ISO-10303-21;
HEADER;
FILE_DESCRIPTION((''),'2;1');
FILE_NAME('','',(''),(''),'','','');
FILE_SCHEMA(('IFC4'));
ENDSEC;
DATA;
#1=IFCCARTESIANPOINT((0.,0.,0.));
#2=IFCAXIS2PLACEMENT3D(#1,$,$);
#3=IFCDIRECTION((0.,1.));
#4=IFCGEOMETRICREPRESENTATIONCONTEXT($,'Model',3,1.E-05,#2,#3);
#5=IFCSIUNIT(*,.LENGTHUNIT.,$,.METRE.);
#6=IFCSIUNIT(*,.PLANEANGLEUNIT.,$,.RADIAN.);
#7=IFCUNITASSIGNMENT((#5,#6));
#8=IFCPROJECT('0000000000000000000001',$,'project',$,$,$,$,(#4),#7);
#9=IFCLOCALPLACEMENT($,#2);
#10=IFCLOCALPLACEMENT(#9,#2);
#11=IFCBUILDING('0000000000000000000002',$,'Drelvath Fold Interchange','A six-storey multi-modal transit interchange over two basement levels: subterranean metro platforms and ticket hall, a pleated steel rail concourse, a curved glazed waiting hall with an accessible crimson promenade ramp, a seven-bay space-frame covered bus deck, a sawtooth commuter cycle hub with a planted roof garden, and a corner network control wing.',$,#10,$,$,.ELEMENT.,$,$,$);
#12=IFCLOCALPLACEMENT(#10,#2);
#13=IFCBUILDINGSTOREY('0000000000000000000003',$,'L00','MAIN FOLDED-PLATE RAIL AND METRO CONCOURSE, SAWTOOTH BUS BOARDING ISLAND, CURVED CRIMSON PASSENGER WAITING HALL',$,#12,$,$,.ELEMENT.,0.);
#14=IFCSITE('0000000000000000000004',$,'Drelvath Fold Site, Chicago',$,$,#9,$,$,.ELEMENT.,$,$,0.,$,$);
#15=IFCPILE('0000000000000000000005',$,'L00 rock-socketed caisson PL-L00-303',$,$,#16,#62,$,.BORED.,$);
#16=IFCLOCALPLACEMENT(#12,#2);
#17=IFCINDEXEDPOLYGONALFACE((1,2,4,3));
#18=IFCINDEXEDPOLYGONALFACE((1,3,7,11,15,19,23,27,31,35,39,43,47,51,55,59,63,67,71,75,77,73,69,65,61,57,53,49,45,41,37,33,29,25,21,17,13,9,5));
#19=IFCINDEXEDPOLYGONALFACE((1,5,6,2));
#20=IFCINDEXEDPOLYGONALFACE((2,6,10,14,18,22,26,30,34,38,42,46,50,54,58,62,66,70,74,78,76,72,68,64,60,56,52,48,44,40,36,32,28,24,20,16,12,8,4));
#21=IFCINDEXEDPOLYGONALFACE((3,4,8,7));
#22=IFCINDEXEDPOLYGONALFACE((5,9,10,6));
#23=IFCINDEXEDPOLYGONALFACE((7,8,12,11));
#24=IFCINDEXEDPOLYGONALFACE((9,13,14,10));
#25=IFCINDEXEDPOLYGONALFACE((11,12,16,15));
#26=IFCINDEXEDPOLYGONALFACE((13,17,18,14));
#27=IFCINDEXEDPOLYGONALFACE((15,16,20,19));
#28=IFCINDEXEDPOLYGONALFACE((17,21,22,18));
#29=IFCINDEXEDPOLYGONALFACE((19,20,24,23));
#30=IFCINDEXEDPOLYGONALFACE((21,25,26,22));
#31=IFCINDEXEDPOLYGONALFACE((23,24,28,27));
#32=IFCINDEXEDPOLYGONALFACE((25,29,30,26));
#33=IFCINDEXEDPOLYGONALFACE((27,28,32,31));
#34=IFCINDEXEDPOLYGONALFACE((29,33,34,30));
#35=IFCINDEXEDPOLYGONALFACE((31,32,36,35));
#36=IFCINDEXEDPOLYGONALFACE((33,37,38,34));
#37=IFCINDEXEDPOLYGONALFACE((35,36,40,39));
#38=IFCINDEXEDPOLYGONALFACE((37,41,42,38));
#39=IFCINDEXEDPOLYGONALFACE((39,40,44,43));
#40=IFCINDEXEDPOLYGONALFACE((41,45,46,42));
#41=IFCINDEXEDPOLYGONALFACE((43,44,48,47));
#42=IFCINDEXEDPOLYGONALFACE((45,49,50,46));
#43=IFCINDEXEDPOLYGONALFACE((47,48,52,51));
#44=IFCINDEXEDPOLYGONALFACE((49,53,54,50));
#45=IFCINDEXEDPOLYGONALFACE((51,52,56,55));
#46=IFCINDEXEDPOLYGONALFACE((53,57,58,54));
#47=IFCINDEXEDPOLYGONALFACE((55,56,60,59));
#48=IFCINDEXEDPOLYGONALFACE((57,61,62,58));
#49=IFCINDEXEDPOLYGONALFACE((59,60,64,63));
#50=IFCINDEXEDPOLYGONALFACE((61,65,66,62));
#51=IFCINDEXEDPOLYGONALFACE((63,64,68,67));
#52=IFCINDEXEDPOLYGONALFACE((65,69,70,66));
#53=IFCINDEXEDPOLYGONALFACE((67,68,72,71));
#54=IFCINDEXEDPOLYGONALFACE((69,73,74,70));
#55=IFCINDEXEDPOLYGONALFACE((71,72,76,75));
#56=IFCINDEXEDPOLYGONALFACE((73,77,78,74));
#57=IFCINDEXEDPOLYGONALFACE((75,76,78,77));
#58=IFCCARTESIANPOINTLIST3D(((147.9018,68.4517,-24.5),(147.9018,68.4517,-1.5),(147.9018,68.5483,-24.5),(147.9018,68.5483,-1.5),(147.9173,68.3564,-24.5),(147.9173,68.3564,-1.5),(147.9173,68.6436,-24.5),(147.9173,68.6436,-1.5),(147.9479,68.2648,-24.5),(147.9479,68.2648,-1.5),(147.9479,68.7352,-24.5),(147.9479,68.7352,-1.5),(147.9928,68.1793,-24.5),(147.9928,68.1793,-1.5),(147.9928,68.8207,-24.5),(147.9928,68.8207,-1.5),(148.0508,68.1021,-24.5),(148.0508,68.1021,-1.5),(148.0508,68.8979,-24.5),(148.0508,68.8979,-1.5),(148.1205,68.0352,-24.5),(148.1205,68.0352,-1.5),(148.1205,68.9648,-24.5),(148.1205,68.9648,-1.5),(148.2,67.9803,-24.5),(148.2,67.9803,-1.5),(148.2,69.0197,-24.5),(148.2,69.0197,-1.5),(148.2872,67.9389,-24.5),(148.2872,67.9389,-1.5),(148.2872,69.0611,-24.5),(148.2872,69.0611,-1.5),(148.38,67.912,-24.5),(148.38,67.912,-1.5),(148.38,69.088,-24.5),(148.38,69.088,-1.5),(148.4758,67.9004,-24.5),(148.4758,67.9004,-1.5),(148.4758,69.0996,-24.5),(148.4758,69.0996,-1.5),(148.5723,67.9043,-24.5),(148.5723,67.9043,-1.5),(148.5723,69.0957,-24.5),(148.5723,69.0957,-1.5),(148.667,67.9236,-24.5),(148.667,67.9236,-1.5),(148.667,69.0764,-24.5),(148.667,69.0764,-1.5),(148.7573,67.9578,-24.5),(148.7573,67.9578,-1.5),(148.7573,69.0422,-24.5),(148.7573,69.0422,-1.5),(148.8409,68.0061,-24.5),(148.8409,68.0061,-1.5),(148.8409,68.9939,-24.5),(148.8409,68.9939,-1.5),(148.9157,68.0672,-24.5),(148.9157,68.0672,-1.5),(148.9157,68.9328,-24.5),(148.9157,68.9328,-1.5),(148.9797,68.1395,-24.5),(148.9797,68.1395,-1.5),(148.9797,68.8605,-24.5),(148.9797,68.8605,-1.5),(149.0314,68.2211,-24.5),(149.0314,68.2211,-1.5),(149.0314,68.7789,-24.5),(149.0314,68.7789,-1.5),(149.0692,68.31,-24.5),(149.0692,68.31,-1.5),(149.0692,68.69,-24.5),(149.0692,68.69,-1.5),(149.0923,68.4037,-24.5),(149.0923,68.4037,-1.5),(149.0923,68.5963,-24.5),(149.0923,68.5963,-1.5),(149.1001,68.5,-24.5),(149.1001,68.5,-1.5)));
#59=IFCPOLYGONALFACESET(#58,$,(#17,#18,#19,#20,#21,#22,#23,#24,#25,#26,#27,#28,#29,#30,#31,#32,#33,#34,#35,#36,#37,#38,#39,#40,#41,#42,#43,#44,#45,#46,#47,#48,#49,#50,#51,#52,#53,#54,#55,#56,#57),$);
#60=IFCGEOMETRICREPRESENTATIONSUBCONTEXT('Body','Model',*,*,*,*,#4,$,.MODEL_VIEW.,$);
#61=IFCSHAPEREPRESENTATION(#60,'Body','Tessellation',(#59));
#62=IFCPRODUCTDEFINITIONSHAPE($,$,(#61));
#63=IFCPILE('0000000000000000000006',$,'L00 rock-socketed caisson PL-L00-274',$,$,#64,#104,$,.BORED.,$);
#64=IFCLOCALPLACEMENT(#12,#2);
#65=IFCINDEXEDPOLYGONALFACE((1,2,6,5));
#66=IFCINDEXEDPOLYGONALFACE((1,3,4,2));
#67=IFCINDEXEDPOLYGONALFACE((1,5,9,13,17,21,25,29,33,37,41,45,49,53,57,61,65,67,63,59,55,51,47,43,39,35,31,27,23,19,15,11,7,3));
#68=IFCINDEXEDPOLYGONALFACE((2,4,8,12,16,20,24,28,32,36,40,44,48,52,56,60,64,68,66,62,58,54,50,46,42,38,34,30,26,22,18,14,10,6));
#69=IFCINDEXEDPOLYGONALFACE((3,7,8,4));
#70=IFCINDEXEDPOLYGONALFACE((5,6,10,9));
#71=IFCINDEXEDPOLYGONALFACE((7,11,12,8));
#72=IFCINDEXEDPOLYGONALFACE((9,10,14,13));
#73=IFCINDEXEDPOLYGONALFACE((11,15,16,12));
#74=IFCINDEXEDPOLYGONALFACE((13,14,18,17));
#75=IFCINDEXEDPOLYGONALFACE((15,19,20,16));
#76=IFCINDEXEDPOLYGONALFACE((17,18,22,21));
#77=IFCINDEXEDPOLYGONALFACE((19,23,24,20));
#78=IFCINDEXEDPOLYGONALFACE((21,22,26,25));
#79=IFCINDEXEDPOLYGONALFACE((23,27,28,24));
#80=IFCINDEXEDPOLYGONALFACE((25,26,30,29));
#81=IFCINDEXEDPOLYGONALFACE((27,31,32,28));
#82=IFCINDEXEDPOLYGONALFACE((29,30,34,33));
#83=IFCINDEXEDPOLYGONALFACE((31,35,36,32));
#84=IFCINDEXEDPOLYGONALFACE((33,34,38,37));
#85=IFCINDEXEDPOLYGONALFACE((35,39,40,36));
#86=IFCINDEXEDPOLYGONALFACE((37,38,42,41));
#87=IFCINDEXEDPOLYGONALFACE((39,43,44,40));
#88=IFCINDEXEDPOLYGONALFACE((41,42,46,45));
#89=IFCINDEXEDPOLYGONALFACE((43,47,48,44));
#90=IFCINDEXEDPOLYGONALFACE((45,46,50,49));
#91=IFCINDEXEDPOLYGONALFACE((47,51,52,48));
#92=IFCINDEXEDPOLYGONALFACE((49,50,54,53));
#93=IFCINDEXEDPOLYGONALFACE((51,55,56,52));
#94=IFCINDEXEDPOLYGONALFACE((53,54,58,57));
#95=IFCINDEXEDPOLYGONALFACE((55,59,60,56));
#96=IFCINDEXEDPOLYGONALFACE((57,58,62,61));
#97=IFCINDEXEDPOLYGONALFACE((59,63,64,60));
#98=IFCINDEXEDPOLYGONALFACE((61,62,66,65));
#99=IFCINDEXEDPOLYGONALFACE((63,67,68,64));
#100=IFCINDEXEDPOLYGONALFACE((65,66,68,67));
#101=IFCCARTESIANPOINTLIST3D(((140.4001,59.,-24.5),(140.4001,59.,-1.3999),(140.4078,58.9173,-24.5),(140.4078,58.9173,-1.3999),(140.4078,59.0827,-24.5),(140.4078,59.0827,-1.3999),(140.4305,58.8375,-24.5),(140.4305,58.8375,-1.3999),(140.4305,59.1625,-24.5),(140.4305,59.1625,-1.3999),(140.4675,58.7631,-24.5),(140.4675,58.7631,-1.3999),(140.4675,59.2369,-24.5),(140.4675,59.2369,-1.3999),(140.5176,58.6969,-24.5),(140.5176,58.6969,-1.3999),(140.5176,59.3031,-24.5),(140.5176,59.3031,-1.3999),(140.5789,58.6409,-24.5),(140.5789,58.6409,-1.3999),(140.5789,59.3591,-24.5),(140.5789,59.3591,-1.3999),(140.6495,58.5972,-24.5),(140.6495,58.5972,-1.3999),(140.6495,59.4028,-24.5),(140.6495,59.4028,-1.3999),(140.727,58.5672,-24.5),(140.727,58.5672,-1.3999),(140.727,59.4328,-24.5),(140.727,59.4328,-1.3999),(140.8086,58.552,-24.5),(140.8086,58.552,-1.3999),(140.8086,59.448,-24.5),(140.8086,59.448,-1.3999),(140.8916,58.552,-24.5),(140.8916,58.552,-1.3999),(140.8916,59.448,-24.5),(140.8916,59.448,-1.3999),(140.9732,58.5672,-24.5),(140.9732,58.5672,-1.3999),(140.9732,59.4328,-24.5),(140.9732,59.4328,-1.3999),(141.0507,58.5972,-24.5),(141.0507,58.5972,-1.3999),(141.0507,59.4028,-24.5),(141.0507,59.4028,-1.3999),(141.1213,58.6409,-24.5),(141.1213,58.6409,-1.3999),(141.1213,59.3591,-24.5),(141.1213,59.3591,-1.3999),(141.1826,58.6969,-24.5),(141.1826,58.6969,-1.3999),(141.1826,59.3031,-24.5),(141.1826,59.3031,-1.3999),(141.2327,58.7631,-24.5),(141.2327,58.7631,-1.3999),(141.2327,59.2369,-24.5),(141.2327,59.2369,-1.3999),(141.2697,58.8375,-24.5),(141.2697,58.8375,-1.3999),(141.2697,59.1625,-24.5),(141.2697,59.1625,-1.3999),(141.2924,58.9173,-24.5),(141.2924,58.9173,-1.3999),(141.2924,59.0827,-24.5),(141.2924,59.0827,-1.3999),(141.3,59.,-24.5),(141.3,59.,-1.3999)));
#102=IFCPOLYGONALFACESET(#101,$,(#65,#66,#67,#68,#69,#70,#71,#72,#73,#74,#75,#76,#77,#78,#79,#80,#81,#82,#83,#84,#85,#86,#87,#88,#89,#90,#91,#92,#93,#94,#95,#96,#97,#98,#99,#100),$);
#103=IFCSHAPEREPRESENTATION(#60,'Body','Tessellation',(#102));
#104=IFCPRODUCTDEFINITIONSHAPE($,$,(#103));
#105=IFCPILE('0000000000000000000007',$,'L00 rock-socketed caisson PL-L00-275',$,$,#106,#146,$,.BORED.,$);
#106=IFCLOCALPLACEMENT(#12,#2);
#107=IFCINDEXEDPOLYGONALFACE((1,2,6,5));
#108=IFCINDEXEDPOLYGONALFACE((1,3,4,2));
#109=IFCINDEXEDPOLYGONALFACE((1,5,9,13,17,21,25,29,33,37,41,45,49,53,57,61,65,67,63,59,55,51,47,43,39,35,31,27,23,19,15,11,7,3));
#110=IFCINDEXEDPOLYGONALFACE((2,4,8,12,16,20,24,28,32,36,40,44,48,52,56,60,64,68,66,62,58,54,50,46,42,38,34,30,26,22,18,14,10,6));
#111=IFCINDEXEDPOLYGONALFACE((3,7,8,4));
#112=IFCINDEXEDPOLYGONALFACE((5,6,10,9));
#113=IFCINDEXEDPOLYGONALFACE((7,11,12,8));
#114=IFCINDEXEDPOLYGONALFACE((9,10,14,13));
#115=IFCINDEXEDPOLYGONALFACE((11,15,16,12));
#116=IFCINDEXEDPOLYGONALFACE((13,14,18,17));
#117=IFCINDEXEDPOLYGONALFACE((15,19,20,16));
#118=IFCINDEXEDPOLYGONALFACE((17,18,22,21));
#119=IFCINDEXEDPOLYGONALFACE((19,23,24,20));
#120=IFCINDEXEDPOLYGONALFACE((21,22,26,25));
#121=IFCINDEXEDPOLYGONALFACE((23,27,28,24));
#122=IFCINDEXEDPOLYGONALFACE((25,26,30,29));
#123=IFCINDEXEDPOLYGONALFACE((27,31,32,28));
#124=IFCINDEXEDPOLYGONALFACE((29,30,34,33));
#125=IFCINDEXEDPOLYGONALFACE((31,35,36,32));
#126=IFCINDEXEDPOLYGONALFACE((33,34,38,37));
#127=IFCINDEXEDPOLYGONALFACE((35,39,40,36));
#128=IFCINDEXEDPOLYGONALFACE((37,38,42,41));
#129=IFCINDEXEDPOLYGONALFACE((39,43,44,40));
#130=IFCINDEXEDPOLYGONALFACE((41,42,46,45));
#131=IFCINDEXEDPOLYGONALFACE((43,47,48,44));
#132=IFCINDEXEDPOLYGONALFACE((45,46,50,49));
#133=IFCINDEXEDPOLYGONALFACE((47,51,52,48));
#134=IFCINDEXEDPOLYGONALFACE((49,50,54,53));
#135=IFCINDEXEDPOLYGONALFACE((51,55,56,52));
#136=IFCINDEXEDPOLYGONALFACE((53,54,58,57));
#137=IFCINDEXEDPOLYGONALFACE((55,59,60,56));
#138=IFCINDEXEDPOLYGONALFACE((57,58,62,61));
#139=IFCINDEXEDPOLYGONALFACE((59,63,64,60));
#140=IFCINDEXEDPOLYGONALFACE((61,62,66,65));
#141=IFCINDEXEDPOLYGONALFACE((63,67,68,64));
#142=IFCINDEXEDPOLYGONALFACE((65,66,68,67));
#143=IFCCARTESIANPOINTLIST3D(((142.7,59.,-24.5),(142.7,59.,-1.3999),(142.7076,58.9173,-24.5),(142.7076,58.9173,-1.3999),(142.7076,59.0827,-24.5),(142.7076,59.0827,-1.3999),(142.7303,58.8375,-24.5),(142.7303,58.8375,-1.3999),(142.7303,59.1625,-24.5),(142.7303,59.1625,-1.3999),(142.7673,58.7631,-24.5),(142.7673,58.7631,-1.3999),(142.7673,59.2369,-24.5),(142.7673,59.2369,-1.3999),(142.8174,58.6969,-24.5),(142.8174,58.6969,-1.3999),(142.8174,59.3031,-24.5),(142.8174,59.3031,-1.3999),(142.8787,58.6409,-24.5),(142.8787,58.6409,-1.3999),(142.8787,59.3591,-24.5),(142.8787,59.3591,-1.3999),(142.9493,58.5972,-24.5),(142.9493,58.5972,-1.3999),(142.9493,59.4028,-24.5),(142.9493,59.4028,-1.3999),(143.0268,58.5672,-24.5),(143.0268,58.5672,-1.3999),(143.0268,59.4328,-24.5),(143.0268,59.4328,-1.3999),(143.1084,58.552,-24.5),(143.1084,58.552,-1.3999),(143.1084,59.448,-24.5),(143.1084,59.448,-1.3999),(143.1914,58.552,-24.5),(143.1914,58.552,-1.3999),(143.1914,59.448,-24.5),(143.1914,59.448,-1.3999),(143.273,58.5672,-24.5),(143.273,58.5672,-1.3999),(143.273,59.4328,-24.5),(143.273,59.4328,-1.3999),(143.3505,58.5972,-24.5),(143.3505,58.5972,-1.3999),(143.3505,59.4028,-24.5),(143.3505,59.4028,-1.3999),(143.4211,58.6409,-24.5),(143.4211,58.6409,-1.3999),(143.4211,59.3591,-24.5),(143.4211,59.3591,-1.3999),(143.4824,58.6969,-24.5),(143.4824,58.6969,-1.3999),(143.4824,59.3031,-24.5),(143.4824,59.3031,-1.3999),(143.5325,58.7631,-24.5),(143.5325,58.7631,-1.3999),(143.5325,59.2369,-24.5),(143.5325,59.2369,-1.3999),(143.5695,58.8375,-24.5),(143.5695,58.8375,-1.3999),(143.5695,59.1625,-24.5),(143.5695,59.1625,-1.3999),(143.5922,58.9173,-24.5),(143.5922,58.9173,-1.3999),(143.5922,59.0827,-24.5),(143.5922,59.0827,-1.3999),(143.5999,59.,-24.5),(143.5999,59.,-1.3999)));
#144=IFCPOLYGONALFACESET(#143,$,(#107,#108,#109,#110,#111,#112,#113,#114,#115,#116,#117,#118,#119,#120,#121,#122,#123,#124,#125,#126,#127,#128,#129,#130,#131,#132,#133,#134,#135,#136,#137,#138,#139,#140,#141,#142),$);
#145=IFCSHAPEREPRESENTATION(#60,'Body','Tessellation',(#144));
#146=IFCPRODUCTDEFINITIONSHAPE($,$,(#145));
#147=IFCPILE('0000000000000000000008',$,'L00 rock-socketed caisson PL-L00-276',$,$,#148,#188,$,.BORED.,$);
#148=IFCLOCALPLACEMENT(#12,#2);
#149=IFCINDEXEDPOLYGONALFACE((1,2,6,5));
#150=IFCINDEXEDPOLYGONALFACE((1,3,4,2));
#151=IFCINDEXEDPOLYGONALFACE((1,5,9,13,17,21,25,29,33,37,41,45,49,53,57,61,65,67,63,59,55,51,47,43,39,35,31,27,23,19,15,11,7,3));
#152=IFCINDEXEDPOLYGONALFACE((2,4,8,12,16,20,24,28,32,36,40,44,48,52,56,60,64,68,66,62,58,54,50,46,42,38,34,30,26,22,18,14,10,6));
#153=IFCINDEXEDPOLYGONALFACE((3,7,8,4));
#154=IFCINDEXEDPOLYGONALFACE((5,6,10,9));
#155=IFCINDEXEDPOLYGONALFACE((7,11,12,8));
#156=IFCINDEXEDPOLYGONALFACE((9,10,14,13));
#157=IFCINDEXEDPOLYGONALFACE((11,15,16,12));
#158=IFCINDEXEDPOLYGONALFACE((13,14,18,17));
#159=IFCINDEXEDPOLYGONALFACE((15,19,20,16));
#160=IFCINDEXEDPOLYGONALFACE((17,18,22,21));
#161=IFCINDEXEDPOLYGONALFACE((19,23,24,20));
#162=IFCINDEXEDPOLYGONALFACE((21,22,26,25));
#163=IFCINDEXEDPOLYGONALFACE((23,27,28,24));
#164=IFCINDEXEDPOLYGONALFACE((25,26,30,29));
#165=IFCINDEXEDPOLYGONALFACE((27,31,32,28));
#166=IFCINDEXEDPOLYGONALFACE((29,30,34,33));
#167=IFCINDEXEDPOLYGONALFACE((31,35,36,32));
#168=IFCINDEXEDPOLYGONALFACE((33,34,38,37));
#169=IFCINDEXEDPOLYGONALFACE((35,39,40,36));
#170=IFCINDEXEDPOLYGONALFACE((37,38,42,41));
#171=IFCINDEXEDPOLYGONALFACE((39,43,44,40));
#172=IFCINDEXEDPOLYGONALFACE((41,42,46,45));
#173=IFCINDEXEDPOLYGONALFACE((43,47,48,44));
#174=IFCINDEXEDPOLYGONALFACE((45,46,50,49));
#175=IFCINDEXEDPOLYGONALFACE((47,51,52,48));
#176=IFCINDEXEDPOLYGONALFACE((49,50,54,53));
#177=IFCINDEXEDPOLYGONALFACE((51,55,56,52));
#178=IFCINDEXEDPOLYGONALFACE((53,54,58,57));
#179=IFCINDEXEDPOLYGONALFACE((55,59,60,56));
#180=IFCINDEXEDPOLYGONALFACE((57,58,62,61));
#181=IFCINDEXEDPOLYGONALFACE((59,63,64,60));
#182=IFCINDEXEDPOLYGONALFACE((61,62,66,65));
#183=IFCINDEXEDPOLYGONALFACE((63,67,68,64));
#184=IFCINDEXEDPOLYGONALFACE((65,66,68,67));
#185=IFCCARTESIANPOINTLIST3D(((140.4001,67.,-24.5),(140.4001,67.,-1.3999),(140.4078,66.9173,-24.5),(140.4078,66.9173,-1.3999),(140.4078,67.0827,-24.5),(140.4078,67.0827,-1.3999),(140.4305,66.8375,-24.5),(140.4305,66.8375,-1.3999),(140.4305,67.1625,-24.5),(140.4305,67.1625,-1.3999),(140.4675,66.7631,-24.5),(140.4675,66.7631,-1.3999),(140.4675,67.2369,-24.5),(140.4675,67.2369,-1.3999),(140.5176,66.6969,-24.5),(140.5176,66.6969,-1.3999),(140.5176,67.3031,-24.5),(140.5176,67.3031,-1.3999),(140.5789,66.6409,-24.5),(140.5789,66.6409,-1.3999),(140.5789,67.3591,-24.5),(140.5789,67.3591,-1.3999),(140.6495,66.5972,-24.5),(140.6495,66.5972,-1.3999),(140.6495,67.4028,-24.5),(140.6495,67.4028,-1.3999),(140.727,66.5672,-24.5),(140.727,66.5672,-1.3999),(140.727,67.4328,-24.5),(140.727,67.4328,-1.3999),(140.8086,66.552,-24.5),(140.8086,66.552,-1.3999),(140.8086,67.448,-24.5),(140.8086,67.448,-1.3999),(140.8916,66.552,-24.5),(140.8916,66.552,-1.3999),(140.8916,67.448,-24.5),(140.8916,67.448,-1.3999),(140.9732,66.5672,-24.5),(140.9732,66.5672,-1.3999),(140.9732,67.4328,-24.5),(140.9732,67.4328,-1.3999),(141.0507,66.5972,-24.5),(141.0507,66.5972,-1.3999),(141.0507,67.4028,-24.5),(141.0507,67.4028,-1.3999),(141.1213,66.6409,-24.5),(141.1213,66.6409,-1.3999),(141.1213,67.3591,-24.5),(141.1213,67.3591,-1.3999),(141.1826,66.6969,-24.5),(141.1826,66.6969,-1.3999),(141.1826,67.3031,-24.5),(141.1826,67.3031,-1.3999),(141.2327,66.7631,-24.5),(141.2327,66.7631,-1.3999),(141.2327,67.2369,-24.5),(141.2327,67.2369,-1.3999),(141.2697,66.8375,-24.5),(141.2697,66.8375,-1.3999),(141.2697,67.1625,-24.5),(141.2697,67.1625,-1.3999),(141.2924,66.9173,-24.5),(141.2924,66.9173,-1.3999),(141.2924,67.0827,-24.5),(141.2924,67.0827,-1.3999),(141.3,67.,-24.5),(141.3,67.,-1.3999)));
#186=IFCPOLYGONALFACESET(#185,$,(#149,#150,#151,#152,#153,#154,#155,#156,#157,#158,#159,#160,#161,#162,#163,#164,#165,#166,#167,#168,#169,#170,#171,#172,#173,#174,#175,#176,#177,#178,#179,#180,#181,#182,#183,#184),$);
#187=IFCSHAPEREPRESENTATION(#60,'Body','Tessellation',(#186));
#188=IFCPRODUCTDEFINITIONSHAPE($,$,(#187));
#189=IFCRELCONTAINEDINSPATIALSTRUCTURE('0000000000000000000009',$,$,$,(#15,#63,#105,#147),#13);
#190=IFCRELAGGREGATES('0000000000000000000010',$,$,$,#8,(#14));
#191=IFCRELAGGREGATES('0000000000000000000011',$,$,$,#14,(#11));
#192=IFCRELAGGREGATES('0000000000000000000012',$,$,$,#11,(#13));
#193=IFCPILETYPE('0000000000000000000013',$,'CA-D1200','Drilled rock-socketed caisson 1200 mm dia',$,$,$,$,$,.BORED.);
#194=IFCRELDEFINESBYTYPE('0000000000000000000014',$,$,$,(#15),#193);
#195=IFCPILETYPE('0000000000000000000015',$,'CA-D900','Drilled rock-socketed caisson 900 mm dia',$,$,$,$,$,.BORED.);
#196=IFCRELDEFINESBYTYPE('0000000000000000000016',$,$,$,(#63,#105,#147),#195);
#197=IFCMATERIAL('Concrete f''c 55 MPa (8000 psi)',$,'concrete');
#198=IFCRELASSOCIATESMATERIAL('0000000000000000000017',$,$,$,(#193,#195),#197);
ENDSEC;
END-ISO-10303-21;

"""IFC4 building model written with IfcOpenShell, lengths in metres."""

from ifc_helpers import new_model, si_unit, direction, frame, origin, origin_2d, place, context, subcontext, project, spatial, circle, extrude, material, material_profile, profile_set, type_object, element, save


model = new_model("IFC4")

# Units and contexts
model_context = context("Model", 3, precision=1e-05, world=origin(), true_north=direction((0.0, 1.0)))
body_context = subcontext(model_context, "Body", "Model", "MODEL_VIEW")
ifc_project = project(units=[si_unit("LENGTHUNIT", "METRE"), si_unit("PLANEANGLEUNIT", "RADIAN")], contexts=[model_context])

# Site, building, storey
site_placement = place(None, origin())
site = spatial("IfcSite", under=ifc_project, at=site_placement, Name="Drelvath Fold Site, Chicago", CompositionType="ELEMENT", RefElevation=0.0)
building_placement = place(site_placement, origin())
building = spatial("IfcBuilding", under=site, at=building_placement, Name="Drelvath Fold Interchange", Description="A six-storey multi-modal transit interchange over two basement levels: subterranean metro platforms and ticket hall, a pleated steel rail concourse, a curved glazed waiting hall with an accessible crimson promenade ramp, a seven-bay space-frame covered bus deck, a sawtooth commuter cycle hub with a planted roof garden, and a corner network control wing.", CompositionType="ELEMENT")
storey_placement = place(building_placement, origin())
storey = spatial("IfcBuildingStorey", under=building, at=storey_placement, Name="L00", Description="MAIN FOLDED-PLATE RAIL AND METRO CONCOURSE, SAWTOOTH BUS BOARDING ISLAND, CURVED CRIMSON PASSENGER WAITING HALL", CompositionType="ELEMENT", Elevation=0.0)

# Piles
ifc_material_1 = material(Name="Concrete f'c 55 MPa (8000 psi)", Category="concrete")
ifc_material_profile_1 = material_profile(ifc_material_1, circle(Radius=0.6001, at=origin_2d()), Name="CAISSON D1200")
ifc_profile_set_1 = profile_set([ifc_material_profile_1], Name="Concrete f'c 55 MPa (8000 psi)")
pile_type_1 = type_object("IfcPileType", Name="CA-D1200", Description="Drilled rock-socketed caisson 1200 mm dia", PredefinedType="BORED", material=ifc_profile_set_1)
for number, where, z_axis, x_axis, name in (
    (1, (148.5, 68.5, -1.5), (0.0, 0.0, -1.0), (1.0, 0.0, 0.0), "L00 rock-socketed caisson PL-L00-303"),
):
    element("IfcPile", number, at=place(storey_placement, frame(where, z_axis=z_axis, x_axis=x_axis)), inside=storey, type_object=pile_type_1, Name=name, PredefinedType="BORED", context=body_context, shape_type="SweptSolid", body=[
        extrude(circle(Radius=0.6001, at=origin_2d()), origin(), (0.0, 0.0, 1.0), 23.0),
    ])
ifc_material_profile_2 = material_profile(ifc_material_1, circle(Radius=0.45, at=origin_2d()), Name="CAISSON D900")
ifc_profile_set_2 = profile_set([ifc_material_profile_2], Name="Concrete f'c 55 MPa (8000 psi)")
pile_type_2 = type_object("IfcPileType", Name="CA-D900", Description="Drilled rock-socketed caisson 900 mm dia", PredefinedType="BORED", material=ifc_profile_set_2)
for number, where, z_axis, x_axis, name in (
    (2, (140.8501, 59.0, -1.3999), (0.0, 0.0, -1.0), (1.0, 0.0, 0.0), "L00 rock-socketed caisson PL-L00-274"),
    (3, (143.1499, 59.0, -1.3999), (0.0, 0.0, -1.0), (1.0, 0.0, 0.0), "L00 rock-socketed caisson PL-L00-275"),
    (4, (140.8501, 67.0, -1.3999), (0.0, 0.0, -1.0), (1.0, 0.0, 0.0), "L00 rock-socketed caisson PL-L00-276"),
):
    element("IfcPile", number, at=place(storey_placement, frame(where, z_axis=z_axis, x_axis=x_axis)), inside=storey, type_object=pile_type_2, Name=name, PredefinedType="BORED", context=body_context, shape_type="SweptSolid", body=[
        extrude(circle(Radius=0.45, at=origin_2d()), origin(), (0.0, 0.0, 1.0), 23.1001),
    ])

save(model, "model.ifc")
